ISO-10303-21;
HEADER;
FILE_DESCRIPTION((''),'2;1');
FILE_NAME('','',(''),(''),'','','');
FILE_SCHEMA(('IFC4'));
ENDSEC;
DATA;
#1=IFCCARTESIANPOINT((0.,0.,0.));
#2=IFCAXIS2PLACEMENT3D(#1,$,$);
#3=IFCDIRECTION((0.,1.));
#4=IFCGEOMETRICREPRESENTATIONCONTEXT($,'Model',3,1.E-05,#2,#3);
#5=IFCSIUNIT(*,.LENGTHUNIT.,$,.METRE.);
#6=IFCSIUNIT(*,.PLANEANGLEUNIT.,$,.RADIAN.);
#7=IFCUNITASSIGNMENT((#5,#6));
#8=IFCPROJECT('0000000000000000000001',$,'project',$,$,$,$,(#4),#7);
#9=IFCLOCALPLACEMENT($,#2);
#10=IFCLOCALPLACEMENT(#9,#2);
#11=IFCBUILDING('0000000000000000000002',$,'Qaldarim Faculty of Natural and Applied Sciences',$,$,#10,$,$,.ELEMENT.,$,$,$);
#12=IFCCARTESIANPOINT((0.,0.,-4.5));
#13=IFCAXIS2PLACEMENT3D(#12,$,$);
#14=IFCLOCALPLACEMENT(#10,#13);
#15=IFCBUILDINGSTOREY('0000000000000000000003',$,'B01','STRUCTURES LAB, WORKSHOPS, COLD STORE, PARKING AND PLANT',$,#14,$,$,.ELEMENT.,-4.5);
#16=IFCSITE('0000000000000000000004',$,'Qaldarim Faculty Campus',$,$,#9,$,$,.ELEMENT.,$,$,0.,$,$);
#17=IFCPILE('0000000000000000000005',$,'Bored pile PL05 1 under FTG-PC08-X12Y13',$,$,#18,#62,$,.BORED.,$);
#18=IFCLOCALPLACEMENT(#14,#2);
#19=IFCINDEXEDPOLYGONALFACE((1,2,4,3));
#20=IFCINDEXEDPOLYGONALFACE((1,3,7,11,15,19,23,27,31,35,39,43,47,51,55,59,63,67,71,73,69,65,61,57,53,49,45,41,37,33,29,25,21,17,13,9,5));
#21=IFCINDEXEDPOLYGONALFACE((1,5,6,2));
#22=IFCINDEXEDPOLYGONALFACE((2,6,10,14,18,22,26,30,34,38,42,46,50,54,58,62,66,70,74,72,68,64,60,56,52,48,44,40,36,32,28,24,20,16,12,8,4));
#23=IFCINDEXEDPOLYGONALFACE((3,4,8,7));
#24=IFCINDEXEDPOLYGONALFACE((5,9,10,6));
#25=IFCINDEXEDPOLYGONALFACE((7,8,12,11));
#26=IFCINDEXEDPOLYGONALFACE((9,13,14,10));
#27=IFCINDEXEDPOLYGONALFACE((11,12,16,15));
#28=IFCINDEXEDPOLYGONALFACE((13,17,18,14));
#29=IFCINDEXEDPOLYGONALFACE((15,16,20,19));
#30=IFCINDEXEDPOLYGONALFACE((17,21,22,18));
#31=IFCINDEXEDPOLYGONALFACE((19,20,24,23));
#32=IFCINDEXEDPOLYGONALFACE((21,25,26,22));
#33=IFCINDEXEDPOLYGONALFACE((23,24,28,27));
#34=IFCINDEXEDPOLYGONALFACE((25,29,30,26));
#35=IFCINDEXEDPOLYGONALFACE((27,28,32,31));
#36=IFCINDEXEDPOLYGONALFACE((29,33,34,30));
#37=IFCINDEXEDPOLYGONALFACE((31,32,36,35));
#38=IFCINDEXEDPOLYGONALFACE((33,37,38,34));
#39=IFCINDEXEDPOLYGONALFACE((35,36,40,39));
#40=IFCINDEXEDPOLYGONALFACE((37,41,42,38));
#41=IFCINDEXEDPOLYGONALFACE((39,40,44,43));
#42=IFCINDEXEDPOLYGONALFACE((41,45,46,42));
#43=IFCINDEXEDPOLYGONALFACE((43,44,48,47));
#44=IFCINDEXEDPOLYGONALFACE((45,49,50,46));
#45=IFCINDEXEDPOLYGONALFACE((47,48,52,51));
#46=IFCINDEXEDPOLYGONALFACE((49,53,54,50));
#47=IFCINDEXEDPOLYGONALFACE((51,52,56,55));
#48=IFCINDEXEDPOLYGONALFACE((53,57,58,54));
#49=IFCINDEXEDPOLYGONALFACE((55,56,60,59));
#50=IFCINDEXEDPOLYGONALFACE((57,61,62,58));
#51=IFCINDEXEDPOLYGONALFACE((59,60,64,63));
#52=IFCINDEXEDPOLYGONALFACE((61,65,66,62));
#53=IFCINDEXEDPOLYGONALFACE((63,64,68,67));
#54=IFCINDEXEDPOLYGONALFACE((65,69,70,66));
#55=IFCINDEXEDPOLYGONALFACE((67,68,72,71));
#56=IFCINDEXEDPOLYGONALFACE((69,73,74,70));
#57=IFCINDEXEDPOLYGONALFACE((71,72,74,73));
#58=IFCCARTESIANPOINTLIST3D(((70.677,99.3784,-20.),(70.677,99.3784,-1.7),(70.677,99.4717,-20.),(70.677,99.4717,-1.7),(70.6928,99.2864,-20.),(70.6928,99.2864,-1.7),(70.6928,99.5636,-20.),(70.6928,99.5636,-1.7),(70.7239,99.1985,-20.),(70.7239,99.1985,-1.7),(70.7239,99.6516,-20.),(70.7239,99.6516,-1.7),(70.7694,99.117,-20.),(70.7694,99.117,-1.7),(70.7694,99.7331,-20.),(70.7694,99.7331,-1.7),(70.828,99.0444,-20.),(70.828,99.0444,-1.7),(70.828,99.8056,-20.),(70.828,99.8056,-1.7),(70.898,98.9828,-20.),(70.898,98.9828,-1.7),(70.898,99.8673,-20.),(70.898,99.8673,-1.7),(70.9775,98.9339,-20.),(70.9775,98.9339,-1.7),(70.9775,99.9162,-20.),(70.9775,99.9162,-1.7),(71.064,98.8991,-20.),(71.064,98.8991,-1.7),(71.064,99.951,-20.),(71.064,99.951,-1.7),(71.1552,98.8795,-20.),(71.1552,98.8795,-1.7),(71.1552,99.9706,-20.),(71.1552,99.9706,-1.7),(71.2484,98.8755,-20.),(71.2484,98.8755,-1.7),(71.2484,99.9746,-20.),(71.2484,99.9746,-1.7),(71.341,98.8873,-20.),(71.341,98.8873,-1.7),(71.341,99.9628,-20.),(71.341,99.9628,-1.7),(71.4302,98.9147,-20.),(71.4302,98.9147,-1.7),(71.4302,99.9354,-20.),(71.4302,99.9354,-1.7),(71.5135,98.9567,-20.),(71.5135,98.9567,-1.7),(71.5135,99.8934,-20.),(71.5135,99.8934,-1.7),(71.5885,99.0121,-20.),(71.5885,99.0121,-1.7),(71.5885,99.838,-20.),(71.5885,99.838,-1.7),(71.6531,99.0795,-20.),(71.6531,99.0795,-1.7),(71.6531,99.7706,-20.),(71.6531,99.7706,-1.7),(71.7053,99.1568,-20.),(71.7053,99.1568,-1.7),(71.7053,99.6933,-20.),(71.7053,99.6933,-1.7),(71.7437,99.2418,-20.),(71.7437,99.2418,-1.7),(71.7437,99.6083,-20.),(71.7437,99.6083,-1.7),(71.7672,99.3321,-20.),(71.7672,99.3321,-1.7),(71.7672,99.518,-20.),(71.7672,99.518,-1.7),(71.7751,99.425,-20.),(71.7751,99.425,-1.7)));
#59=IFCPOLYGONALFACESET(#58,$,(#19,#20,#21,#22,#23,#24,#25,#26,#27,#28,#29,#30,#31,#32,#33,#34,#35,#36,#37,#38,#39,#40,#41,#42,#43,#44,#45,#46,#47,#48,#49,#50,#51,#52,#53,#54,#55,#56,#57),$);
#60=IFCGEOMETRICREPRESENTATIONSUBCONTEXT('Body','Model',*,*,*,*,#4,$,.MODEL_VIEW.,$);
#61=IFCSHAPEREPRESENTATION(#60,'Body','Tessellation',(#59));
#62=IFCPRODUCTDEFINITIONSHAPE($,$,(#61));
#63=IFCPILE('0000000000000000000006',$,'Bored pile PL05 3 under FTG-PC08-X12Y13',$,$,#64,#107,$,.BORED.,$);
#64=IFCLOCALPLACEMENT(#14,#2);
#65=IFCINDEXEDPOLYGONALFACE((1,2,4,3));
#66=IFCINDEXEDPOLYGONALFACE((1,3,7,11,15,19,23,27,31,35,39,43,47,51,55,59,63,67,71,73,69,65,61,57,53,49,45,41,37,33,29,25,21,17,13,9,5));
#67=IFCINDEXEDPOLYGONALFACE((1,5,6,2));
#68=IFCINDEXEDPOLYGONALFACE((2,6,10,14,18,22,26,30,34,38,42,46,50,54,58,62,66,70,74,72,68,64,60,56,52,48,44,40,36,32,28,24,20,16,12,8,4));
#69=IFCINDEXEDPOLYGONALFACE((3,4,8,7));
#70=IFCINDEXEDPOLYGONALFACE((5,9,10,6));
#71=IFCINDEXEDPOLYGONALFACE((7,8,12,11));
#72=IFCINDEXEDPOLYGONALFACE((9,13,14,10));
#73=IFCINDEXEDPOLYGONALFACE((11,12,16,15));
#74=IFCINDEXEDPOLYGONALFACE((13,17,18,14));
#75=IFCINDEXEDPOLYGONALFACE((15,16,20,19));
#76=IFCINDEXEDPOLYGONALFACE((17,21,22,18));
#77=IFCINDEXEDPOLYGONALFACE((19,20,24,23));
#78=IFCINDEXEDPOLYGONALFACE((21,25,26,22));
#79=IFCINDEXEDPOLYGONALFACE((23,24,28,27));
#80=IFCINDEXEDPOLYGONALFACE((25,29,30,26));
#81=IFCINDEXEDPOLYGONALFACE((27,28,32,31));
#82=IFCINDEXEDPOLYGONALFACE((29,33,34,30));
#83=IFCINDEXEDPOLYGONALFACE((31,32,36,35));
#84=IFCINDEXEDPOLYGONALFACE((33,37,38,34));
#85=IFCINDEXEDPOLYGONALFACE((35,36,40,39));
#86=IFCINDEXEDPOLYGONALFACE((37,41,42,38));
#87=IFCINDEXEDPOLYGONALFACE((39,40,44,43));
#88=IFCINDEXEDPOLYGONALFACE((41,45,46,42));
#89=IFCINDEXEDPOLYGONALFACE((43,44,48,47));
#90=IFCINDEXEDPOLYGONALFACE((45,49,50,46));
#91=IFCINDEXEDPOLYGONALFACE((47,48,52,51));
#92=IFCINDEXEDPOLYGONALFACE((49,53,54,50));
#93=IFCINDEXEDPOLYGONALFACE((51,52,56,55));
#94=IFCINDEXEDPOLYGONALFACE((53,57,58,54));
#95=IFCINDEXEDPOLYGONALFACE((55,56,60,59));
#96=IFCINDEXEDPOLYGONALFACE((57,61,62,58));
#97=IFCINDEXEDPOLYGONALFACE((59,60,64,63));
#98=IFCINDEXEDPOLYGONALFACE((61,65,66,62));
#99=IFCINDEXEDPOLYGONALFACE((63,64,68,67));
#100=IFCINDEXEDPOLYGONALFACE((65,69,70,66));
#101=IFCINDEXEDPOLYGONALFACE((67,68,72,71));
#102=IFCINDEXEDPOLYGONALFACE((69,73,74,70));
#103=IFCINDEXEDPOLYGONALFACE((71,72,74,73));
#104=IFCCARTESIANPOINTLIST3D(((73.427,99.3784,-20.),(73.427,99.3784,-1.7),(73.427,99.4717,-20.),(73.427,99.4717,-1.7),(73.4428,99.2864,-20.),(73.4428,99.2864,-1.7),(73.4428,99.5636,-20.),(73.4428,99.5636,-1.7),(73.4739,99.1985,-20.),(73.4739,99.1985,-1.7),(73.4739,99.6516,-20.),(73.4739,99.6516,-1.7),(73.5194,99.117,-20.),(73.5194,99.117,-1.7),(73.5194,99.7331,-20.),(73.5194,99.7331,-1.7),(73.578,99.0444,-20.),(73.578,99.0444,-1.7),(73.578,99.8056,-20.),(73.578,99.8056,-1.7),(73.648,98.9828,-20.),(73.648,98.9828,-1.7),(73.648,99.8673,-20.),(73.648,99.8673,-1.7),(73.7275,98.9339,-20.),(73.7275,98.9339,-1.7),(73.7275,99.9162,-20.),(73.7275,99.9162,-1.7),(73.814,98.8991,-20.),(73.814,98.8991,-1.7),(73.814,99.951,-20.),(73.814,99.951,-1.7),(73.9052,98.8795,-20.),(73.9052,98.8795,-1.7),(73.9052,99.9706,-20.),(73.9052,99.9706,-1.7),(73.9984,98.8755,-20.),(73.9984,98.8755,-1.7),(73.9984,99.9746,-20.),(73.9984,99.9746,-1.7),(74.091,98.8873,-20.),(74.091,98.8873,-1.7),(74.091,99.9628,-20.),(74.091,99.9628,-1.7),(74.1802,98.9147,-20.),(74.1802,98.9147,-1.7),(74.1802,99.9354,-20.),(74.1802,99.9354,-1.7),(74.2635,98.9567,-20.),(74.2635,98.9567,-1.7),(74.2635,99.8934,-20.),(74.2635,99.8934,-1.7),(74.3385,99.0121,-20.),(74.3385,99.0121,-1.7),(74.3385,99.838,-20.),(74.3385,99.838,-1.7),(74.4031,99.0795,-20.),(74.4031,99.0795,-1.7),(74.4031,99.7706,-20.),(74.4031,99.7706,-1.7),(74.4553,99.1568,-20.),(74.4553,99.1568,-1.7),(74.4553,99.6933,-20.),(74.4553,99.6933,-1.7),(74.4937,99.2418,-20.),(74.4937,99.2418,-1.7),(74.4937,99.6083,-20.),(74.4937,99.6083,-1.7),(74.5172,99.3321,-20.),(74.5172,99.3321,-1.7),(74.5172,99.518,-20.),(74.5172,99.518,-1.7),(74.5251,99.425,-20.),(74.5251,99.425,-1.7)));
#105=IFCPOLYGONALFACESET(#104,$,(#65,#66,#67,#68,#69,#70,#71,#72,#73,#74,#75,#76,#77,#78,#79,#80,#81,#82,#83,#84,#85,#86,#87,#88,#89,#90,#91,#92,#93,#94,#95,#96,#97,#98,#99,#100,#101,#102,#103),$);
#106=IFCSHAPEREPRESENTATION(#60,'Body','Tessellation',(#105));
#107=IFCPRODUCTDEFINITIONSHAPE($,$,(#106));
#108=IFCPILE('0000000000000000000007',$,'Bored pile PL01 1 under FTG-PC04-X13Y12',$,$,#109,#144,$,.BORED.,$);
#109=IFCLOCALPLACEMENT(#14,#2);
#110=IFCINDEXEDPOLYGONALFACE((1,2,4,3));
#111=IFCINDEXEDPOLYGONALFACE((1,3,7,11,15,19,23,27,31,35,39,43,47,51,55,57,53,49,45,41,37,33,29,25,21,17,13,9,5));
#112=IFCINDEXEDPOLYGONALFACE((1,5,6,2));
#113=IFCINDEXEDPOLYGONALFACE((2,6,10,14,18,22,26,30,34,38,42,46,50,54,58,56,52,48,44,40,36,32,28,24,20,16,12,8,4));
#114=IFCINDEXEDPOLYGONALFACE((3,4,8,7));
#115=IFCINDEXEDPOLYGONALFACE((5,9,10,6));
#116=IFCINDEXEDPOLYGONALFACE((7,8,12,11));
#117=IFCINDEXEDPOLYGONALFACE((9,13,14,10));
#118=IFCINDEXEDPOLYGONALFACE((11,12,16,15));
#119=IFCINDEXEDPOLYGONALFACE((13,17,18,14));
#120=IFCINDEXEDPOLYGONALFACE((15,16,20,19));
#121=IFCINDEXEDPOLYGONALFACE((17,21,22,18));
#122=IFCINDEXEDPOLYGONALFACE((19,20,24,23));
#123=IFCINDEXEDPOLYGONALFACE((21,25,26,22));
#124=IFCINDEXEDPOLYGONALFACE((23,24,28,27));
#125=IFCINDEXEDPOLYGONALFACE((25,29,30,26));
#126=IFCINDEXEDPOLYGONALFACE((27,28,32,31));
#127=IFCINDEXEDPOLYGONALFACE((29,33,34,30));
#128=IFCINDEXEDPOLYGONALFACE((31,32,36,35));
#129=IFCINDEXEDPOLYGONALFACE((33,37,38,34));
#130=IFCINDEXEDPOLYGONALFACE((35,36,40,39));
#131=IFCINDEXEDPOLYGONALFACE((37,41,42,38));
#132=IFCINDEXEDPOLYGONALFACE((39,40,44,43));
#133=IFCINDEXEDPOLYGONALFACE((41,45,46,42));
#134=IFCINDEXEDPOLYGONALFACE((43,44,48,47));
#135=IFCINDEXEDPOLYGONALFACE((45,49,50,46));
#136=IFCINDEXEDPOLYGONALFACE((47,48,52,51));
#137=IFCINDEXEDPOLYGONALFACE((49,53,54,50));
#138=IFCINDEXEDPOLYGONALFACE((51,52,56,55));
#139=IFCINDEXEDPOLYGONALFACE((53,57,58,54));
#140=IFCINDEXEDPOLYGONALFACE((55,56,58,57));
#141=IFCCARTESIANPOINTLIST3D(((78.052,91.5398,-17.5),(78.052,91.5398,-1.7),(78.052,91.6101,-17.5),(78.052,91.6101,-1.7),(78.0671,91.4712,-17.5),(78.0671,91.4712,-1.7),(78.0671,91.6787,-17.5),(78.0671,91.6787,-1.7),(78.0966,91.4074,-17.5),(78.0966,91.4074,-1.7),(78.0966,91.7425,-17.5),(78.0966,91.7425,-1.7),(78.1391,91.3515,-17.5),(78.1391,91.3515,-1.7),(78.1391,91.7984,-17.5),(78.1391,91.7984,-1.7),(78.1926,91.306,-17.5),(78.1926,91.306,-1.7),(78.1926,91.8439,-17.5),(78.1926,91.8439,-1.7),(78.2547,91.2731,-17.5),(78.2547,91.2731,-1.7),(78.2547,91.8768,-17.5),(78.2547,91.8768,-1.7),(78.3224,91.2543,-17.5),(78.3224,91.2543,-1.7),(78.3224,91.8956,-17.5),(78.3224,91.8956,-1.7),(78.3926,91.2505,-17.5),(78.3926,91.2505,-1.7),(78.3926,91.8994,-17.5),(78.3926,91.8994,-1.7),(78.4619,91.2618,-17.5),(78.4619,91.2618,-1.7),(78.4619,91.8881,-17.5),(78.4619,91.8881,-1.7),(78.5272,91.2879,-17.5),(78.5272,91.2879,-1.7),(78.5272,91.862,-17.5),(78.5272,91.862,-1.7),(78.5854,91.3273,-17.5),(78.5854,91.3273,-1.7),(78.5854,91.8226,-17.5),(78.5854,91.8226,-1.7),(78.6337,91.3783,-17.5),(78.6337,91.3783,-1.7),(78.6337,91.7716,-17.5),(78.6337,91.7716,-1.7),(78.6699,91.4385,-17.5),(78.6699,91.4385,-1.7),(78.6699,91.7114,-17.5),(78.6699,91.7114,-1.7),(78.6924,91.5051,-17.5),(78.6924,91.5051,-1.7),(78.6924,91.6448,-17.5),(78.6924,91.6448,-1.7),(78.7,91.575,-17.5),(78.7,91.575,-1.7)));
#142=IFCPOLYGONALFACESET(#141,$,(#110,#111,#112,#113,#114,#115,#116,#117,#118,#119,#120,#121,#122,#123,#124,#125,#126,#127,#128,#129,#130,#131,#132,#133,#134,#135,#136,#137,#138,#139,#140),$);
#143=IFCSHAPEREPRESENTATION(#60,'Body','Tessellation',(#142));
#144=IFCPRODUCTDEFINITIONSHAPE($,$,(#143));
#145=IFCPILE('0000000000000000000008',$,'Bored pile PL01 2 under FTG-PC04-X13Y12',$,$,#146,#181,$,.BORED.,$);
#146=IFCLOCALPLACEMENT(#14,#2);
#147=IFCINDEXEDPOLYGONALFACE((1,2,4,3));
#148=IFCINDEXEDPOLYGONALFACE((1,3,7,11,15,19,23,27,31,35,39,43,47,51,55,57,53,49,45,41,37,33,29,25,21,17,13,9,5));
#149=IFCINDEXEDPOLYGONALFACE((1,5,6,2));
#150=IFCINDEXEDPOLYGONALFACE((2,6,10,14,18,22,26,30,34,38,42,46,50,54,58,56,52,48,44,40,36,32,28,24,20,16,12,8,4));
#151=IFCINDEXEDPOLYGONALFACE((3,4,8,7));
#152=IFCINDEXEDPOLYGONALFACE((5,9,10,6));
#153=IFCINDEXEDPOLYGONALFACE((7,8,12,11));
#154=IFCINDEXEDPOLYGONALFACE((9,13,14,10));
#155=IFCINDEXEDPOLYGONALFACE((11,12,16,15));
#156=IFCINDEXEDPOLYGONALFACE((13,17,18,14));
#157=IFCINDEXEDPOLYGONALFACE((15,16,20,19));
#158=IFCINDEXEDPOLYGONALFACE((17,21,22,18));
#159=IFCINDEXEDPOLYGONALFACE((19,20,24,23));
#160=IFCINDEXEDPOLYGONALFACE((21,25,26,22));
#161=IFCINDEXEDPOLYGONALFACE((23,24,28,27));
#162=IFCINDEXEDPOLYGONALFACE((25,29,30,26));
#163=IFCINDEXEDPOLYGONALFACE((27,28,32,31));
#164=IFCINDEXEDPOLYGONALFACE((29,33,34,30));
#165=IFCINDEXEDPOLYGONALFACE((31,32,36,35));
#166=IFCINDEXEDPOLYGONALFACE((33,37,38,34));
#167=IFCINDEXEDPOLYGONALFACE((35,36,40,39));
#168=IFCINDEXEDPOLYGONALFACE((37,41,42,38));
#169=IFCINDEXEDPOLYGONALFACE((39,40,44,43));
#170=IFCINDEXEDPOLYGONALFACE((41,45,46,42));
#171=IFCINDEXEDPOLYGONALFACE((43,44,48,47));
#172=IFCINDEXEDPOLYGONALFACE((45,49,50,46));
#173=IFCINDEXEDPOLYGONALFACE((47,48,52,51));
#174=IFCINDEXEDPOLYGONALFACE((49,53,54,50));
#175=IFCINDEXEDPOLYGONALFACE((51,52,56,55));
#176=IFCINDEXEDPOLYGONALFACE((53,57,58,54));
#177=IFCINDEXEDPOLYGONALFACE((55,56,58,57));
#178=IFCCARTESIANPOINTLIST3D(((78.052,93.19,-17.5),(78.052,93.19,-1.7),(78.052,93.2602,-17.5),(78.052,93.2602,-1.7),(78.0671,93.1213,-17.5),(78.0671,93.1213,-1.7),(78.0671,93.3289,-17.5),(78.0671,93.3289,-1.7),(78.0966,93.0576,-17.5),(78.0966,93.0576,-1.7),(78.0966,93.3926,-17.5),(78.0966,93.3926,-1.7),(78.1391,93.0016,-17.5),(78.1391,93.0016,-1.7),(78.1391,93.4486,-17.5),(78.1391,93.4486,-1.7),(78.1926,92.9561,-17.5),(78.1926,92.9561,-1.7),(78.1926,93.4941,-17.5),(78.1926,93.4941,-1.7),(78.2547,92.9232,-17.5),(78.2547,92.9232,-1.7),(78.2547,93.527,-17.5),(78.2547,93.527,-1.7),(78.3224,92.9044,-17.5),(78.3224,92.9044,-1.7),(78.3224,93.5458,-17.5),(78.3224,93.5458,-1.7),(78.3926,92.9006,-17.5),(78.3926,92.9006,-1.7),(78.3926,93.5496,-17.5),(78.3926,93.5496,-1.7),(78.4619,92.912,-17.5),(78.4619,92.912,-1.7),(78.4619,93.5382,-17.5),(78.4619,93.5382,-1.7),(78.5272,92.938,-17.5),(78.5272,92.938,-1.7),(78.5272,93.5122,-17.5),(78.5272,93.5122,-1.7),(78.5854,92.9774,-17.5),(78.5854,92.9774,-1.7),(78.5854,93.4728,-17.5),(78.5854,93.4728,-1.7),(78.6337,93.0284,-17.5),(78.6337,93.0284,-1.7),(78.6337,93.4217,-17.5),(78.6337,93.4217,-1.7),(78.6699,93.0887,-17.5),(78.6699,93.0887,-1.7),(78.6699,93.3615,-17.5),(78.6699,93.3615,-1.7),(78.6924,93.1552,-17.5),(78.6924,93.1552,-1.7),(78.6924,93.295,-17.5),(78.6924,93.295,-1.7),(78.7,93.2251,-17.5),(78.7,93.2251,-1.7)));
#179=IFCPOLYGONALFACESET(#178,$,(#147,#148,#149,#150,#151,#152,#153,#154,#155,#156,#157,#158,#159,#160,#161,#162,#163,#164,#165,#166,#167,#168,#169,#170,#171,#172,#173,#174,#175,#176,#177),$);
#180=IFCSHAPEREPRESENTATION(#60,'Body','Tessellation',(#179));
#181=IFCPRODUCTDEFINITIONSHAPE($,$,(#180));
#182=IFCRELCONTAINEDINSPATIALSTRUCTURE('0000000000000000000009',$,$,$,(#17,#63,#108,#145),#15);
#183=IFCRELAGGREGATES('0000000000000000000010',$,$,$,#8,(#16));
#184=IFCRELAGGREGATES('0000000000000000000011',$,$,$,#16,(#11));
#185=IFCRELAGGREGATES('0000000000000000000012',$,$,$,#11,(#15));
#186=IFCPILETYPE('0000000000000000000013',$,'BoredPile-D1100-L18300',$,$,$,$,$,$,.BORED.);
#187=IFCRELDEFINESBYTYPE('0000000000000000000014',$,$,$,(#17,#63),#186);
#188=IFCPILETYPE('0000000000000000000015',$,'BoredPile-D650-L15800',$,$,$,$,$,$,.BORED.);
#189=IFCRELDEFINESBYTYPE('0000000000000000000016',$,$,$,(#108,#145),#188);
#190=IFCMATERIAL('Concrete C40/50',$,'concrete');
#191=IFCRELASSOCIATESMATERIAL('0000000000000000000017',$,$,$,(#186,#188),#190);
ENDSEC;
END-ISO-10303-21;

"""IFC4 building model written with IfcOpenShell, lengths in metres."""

from ifc_helpers import new_model, si_unit, direction, frame, origin, origin_2d, place, context, subcontext, project, spatial, circle, extrude, material, material_profile, profile_set, type_object, element, save


model = new_model("IFC4")

# Units and contexts
model_context = context("Model", 3, precision=1e-05, world=origin(), true_north=direction((0.0, 1.0)))
body_context = subcontext(model_context, "Body", "Model", "MODEL_VIEW")
ifc_project = project(units=[si_unit("LENGTHUNIT", "METRE"), si_unit("PLANEANGLEUNIT", "RADIAN")], contexts=[model_context])

# Site, building, storey
site_placement = place(None, origin())
site = spatial("IfcSite", under=ifc_project, at=site_placement, Name="Qaldarim Faculty Campus", CompositionType="ELEMENT", RefElevation=0.0)
building_placement = place(site_placement, origin())
building = spatial("IfcBuilding", under=site, at=building_placement, Name="Qaldarim Faculty of Natural and Applied Sciences", CompositionType="ELEMENT")
storey_placement = place(building_placement, frame((0.0, 0.0, -4.5)))
storey = spatial("IfcBuildingStorey", under=building, at=storey_placement, Name="B01", Description="STRUCTURES LAB, WORKSHOPS, COLD STORE, PARKING AND PLANT", CompositionType="ELEMENT", Elevation=-4.5)

# Piles
ifc_material_1 = material(Name="Concrete C40/50", Category="concrete")
ifc_material_profile_1 = material_profile(ifc_material_1, circle(Radius=0.55, at=origin_2d()), Name="PILE-D1100")
ifc_profile_set_1 = profile_set([ifc_material_profile_1], Name="Concrete C40/50")
pile_type_1 = type_object("IfcPileType", Name="BoredPile-D1100-L18300", PredefinedType="BORED", material=ifc_profile_set_1)
for number, where, z_axis, x_axis, name in (
    (1, (71.2251, 99.425, -1.7), (0.0, 0.0, -1.0), (1.0, 0.0, 0.0), "Bored pile PL05 1 under FTG-PC08-X12Y13"),
    (2, (73.9751, 99.425, -1.7), (0.0, 0.0, -1.0), (1.0, 0.0, 0.0), "Bored pile PL05 3 under FTG-PC08-X12Y13"),
):
    element("IfcPile", number, at=place(storey_placement, frame(where, z_axis=z_axis, x_axis=x_axis)), inside=storey, type_object=pile_type_1, Name=name, PredefinedType="BORED", context=body_context, shape_type="SweptSolid", body=[
        extrude(circle(Radius=0.55, at=origin_2d()), origin(), (0.0, 0.0, 1.0), 18.3),
    ])
ifc_material_profile_2 = material_profile(ifc_material_1, circle(Radius=0.325, at=origin_2d()), Name="PILE-D650")
ifc_profile_set_2 = profile_set([ifc_material_profile_2], Name="Concrete C40/50")
pile_type_2 = type_object("IfcPileType", Name="BoredPile-D650-L15800", PredefinedType="BORED", material=ifc_profile_set_2)
for number, where, z_axis, x_axis, name in (
    (3, (78.375, 91.575, -1.7), (0.0, 0.0, -1.0), (1.0, 0.0, 0.0), "Bored pile PL01 1 under FTG-PC04-X13Y12"),
    (4, (78.375, 93.2251, -1.7), (0.0, 0.0, -1.0), (1.0, 0.0, 0.0), "Bored pile PL01 2 under FTG-PC04-X13Y12"),
):
    element("IfcPile", number, at=place(storey_placement, frame(where, z_axis=z_axis, x_axis=x_axis)), inside=storey, type_object=pile_type_2, Name=name, PredefinedType="BORED", context=body_context, shape_type="SweptSolid", body=[
        extrude(circle(Radius=0.325, at=origin_2d()), origin(), (0.0, 0.0, 1.0), 15.8),
    ])

save(model, "model.ifc")
